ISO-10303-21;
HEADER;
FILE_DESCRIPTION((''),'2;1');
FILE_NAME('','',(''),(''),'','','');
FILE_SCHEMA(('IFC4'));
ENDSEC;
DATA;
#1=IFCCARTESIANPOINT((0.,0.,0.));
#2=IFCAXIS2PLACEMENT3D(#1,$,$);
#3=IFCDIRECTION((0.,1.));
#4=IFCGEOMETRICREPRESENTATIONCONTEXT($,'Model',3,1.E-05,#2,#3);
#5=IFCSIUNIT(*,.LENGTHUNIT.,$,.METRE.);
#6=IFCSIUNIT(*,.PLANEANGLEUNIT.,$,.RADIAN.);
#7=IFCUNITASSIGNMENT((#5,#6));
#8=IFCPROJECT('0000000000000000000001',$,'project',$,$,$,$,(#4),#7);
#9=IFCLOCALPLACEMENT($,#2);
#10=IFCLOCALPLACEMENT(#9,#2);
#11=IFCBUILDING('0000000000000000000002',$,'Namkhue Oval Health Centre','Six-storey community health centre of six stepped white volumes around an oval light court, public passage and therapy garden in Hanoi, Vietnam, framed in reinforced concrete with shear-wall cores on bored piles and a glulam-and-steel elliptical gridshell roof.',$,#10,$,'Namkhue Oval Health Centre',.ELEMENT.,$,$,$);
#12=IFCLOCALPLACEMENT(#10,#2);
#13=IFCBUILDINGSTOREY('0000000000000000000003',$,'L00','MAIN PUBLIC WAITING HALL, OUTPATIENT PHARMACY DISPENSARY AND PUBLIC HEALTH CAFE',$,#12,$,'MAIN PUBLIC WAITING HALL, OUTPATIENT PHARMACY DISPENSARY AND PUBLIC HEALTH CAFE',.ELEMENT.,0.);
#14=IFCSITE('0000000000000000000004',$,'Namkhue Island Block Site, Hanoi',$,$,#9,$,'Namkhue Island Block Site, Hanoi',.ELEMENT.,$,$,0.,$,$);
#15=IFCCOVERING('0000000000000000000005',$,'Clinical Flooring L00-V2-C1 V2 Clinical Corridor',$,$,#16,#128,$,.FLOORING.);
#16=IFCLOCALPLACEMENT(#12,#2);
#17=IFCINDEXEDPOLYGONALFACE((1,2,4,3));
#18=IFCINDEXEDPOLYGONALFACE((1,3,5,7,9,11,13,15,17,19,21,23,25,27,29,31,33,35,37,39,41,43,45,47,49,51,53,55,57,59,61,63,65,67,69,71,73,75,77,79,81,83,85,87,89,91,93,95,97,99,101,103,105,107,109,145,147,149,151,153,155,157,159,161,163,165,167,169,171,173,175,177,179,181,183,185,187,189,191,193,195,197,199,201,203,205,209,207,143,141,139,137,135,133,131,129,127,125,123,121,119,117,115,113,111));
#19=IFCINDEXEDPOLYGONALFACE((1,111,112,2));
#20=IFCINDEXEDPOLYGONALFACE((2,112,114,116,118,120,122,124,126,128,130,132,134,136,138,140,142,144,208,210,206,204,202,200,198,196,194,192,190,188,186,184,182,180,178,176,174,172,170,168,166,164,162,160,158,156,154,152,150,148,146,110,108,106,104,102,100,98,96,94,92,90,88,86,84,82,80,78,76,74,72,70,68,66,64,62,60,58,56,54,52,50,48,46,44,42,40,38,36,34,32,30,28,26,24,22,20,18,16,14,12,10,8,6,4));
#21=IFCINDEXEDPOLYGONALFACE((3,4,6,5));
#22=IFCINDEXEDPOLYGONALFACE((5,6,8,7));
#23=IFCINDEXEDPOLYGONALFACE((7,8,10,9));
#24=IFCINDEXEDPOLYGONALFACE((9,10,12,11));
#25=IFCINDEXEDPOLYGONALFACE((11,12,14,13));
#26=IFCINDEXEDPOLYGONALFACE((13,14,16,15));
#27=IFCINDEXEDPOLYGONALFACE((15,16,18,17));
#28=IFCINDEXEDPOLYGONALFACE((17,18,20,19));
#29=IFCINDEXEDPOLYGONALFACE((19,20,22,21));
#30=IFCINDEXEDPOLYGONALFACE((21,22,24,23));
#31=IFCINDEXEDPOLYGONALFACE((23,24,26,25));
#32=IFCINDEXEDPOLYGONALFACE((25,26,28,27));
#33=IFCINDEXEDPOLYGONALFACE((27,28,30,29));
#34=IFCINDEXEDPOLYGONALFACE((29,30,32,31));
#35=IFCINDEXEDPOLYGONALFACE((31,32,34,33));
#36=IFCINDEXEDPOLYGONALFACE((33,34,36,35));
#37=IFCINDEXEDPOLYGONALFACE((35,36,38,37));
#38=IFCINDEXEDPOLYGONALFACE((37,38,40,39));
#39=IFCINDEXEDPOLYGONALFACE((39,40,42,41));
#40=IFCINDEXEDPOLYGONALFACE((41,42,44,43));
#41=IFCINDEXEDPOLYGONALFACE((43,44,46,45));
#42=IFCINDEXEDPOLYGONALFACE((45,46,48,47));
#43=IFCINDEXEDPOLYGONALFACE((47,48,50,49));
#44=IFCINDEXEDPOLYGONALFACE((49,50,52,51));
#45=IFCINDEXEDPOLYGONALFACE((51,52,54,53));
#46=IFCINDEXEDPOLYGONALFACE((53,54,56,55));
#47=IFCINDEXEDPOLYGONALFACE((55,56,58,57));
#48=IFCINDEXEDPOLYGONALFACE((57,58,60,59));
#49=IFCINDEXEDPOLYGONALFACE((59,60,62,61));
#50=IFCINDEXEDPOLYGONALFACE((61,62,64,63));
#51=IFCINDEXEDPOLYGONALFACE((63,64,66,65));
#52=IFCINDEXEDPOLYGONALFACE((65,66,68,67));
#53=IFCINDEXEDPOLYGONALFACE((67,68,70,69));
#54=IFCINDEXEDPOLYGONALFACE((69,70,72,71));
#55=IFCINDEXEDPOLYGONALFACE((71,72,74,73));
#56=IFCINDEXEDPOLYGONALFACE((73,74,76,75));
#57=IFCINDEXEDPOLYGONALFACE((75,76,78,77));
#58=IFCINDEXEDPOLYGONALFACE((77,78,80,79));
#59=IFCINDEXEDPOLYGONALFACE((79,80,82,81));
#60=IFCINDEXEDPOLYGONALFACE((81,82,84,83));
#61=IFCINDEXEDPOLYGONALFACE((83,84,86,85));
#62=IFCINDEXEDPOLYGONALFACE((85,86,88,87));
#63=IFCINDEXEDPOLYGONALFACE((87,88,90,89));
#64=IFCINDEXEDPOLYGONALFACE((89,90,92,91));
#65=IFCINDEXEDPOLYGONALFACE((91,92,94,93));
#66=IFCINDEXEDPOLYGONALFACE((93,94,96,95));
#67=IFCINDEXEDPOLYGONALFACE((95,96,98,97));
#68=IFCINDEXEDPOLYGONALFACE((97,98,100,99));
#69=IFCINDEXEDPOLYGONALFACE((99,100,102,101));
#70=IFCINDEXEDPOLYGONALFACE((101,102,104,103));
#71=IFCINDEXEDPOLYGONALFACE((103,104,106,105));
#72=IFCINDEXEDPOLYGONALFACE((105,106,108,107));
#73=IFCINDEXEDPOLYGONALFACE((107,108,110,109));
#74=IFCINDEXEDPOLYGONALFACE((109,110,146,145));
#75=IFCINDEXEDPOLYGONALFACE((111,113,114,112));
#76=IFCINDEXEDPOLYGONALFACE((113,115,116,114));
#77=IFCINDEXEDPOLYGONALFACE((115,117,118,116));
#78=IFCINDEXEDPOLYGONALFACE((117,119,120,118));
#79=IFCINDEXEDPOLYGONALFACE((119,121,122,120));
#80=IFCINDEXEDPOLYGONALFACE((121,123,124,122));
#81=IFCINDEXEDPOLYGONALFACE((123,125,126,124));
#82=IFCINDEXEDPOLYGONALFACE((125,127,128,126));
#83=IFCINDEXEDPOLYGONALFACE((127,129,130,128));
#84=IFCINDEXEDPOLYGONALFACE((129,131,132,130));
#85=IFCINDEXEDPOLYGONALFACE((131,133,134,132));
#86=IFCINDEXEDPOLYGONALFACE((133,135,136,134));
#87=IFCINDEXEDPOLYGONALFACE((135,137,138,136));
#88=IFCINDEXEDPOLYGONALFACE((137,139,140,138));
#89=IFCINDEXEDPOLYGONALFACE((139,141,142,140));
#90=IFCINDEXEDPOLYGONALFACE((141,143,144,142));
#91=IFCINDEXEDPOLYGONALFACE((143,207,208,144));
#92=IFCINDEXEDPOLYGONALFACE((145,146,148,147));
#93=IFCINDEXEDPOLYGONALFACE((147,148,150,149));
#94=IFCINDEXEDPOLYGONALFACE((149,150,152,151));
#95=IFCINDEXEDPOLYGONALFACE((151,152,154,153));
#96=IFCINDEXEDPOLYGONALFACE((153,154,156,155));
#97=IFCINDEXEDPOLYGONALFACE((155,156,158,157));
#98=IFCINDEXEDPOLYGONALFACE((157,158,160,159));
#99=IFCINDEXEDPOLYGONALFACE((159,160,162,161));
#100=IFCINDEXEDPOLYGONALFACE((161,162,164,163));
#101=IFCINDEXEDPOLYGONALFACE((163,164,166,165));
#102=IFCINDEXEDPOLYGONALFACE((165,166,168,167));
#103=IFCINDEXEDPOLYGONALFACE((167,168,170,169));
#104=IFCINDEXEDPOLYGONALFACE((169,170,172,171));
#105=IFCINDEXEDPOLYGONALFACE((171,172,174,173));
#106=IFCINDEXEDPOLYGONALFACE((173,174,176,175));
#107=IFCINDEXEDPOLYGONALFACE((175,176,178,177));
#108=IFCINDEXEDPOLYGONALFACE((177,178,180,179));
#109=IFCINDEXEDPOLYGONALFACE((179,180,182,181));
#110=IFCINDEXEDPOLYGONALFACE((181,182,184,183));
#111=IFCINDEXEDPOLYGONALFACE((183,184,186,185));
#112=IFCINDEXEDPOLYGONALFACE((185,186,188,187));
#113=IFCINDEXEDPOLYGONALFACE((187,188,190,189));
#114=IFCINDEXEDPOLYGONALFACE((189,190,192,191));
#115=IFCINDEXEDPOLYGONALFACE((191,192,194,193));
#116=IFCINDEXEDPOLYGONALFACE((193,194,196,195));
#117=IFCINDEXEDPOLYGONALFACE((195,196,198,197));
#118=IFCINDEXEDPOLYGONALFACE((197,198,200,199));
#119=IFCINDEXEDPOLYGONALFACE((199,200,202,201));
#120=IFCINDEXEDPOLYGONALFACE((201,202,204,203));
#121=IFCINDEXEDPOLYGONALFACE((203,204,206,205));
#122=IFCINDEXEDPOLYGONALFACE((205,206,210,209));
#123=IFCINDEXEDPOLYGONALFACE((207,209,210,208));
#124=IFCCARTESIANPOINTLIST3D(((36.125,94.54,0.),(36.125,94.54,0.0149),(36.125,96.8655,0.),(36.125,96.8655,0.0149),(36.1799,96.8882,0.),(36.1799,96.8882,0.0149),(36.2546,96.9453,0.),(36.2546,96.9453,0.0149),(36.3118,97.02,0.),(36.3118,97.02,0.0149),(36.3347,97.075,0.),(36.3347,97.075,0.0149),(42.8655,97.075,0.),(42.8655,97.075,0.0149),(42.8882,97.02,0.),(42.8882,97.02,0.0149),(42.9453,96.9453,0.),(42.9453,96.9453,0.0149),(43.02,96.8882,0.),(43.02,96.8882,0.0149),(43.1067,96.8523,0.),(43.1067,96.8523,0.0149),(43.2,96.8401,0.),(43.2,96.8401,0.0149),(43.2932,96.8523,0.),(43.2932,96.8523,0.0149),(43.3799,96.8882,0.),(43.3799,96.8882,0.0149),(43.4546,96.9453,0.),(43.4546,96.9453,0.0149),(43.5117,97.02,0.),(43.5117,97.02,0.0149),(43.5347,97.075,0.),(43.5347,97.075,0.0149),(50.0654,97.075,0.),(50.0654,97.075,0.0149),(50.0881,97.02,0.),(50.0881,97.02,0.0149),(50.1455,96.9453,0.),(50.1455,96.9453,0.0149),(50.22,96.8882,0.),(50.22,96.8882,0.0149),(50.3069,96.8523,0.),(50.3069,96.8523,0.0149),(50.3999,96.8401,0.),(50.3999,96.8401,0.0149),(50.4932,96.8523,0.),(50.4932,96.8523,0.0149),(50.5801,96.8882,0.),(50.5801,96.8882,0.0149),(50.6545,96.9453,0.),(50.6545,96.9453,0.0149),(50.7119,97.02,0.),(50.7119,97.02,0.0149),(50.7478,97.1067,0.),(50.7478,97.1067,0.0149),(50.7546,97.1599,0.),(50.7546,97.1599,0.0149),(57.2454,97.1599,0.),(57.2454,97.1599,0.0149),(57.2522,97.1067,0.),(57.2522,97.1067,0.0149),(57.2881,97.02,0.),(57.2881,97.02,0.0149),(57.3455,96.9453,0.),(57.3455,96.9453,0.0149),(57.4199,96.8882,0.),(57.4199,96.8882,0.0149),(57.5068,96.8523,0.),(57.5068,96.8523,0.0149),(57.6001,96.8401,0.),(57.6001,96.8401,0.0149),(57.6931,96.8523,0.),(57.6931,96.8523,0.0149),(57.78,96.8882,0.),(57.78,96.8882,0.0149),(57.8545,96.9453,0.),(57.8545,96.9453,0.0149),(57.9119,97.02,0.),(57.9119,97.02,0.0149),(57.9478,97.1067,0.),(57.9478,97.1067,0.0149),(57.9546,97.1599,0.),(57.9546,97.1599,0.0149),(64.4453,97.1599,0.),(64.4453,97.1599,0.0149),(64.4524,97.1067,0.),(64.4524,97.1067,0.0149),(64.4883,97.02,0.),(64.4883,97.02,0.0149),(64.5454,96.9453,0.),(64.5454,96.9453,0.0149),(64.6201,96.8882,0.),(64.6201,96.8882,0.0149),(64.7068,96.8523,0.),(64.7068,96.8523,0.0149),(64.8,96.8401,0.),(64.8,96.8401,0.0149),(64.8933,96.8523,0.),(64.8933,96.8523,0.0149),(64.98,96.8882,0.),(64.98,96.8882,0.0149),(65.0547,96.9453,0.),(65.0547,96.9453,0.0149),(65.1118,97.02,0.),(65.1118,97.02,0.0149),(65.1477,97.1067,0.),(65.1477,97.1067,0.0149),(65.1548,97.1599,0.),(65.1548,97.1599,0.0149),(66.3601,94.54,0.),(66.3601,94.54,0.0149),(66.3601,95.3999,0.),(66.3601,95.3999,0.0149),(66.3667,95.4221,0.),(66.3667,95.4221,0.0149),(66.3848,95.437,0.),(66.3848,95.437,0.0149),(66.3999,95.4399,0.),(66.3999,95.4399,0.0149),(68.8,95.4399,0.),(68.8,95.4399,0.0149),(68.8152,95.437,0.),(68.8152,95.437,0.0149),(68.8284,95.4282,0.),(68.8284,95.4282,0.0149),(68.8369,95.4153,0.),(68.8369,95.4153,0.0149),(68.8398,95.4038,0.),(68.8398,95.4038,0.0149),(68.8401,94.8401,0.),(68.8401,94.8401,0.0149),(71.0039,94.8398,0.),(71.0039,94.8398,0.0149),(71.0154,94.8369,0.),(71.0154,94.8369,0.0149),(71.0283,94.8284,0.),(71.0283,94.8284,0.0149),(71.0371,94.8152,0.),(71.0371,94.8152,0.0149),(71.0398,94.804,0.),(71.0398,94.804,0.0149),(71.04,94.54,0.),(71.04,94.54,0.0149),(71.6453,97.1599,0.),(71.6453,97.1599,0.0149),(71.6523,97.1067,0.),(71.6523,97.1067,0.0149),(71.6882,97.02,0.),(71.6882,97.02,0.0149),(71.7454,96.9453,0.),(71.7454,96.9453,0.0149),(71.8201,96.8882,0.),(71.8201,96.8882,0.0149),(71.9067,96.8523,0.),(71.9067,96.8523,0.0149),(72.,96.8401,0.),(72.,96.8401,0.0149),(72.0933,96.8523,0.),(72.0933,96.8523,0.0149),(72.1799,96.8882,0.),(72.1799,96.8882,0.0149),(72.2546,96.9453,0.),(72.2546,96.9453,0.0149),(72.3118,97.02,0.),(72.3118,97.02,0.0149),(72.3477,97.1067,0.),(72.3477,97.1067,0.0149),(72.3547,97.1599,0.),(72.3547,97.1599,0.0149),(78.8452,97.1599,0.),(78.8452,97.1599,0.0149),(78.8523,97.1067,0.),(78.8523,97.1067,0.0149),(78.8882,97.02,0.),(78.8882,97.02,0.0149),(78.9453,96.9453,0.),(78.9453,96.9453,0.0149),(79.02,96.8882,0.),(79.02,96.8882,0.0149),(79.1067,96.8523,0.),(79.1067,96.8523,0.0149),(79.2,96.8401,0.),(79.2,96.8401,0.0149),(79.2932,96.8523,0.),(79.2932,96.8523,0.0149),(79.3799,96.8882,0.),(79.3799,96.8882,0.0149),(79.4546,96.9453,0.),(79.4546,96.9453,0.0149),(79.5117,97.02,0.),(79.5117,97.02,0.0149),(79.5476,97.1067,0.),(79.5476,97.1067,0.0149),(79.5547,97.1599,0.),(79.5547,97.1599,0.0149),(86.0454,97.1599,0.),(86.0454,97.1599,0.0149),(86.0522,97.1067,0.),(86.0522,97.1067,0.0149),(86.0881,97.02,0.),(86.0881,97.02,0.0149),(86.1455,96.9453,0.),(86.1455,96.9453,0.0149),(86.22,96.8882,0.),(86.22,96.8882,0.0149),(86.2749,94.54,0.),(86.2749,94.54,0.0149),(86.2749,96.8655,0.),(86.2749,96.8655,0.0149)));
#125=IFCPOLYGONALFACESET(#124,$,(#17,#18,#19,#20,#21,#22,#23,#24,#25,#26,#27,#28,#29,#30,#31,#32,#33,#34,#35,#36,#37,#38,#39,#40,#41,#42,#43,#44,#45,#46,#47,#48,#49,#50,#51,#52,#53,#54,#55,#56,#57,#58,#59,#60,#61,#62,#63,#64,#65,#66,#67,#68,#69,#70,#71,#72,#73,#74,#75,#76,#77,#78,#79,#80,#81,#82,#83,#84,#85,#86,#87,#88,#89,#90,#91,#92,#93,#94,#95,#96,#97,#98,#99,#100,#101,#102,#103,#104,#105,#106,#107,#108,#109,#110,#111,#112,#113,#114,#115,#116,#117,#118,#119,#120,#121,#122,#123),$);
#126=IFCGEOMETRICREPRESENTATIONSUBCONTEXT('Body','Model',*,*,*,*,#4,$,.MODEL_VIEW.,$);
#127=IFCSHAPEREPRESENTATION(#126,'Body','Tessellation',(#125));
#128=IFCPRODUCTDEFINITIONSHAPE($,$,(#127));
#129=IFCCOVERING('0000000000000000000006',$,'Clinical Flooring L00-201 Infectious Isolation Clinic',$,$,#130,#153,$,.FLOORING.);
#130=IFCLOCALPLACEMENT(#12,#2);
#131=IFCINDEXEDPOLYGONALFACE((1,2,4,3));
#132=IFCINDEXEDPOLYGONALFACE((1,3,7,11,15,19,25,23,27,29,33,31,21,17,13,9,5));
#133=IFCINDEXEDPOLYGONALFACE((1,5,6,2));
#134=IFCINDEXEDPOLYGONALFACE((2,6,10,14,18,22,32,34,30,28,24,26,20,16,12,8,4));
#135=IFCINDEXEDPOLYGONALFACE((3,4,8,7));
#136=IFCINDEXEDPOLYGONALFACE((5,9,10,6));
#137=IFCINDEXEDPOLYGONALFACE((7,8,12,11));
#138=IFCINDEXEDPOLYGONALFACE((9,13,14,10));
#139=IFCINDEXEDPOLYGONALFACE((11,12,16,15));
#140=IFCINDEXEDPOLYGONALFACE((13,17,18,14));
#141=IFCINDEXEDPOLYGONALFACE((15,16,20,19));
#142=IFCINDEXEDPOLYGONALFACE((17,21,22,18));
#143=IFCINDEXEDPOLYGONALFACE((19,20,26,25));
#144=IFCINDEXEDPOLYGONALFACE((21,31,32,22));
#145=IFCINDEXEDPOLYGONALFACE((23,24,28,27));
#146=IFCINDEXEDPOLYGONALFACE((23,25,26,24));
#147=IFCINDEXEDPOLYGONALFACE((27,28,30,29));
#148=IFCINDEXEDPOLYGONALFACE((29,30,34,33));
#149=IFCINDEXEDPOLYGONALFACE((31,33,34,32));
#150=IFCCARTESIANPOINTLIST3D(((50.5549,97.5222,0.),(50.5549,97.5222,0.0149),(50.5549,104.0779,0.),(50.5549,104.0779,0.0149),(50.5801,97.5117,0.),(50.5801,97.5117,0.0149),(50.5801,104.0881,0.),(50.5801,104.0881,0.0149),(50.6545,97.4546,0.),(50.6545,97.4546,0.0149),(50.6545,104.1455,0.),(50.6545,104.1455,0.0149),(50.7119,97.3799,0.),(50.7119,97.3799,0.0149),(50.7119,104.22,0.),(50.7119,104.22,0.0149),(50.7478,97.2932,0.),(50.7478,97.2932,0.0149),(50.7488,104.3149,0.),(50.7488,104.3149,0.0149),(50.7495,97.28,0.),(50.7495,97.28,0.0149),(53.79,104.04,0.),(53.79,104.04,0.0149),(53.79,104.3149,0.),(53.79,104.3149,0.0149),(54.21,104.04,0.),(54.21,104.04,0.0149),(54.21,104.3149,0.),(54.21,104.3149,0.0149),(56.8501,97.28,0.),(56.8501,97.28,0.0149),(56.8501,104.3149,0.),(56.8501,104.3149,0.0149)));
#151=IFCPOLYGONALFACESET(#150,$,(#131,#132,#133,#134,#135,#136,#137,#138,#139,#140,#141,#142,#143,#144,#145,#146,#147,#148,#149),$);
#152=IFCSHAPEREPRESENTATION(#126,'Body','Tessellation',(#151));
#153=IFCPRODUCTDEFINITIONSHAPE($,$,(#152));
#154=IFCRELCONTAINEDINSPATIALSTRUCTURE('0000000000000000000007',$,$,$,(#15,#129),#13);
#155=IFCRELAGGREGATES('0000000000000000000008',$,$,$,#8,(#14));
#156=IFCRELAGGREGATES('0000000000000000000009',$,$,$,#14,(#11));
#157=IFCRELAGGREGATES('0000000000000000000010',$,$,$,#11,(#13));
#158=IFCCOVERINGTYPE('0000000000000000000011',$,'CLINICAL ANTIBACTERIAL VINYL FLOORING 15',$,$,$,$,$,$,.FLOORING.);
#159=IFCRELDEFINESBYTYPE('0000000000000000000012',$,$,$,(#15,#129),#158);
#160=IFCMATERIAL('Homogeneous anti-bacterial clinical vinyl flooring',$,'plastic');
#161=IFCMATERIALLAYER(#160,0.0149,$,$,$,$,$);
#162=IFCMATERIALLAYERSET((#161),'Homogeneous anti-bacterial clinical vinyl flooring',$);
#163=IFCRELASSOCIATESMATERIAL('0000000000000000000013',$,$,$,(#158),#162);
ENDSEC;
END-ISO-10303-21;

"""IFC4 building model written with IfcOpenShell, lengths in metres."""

from ifc_helpers import new_model, si_unit, direction, origin, place, context, subcontext, project, spatial, polyline, outline, extrude, material, layer, layer_set, type_object, element, save


model = new_model("IFC4")

# Units and contexts
model_context = context("Model", 3, precision=1e-05, world=origin(), true_north=direction((0.0, 1.0)))
body_context = subcontext(model_context, "Body", "Model", "MODEL_VIEW")
ifc_project = project(units=[si_unit("LENGTHUNIT", "METRE"), si_unit("PLANEANGLEUNIT", "RADIAN")], contexts=[model_context])

# Site, building, storey
site_placement = place(None, origin())
site = spatial("IfcSite", under=ifc_project, at=site_placement, Name="Namkhue Island Block Site, Hanoi", LongName="Namkhue Island Block Site, Hanoi", CompositionType="ELEMENT", RefElevation=0.0)
building_placement = place(site_placement, origin())
building = spatial("IfcBuilding", under=site, at=building_placement, Name="Namkhue Oval Health Centre", Description="Six-storey community health centre of six stepped white volumes around an oval light court, public passage and therapy garden in Hanoi, Vietnam, framed in reinforced concrete with shear-wall cores on bored piles and a glulam-and-steel elliptical gridshell roof.", LongName="Namkhue Oval Health Centre", CompositionType="ELEMENT")
storey_placement = place(building_placement, origin())
storey = spatial("IfcBuildingStorey", under=building, at=storey_placement, Name="L00", Description="MAIN PUBLIC WAITING HALL, OUTPATIENT PHARMACY DISPENSARY AND PUBLIC HEALTH CAFE", LongName="MAIN PUBLIC WAITING HALL, OUTPATIENT PHARMACY DISPENSARY AND PUBLIC HEALTH CAFE", CompositionType="ELEMENT", Elevation=0.0)

# Coverings
ifc_material_1 = material(Name="Homogeneous anti-bacterial clinical vinyl flooring", Category="plastic")
ifc_layer_1 = layer(ifc_material_1, 0.0149)
ifc_layer_set_1 = layer_set([ifc_layer_1], Name="Homogeneous anti-bacterial clinical vinyl flooring")
covering_type = type_object("IfcCoveringType", Name="CLINICAL ANTIBACTERIAL VINYL FLOORING 15", PredefinedType="FLOORING", material=ifc_layer_set_1)
covering_1_placement = place(storey_placement, origin())
element("IfcCovering", 1, at=covering_1_placement, inside=storey, type_object=covering_type, Name="Clinical Flooring L00-V2-C1 V2 Clinical Corridor", PredefinedType="FLOORING", context=body_context, shape_type="SweptSolid", body=[
    extrude(outline(polyline([(57.2454, 97.1599), (57.2522, 97.1067), (57.2881, 97.02), (57.3455, 96.9453), (57.4199, 96.8882), (57.5068, 96.8523), (57.6001, 96.8401), (57.6931, 96.8523), (57.78, 96.8882), (57.8545, 96.9453), (57.9119, 97.02), (57.9478, 97.1067), (57.9546, 97.1599), (64.4453, 97.1599), (64.4524, 97.1067), (64.4883, 97.02), (64.5454, 96.9453), (64.6201, 96.8882), (64.7068, 96.8523), (64.8, 96.8401), (64.8933, 96.8523), (64.98, 96.8882), (65.0547, 96.9453), (65.1118, 97.02), (65.1477, 97.1067), (65.1548, 97.1599), (71.6453, 97.1599), (71.6523, 97.1067), (71.6882, 97.02), (71.7454, 96.9453), (71.8201, 96.8882), (71.9067, 96.8523), (72.0, 96.8401), (72.0933, 96.8523), (72.1799, 96.8882), (72.2546, 96.9453), (72.3118, 97.02), (72.3477, 97.1067), (72.3547, 97.1599), (78.8452, 97.1599), (78.8523, 97.1067), (78.8882, 97.02), (78.9453, 96.9453), (79.02, 96.8882), (79.1067, 96.8523), (79.2, 96.8401), (79.2932, 96.8523), (79.3799, 96.8882), (79.4546, 96.9453), (79.5117, 97.02), (79.5476, 97.1067), (79.5547, 97.1599), (86.0454, 97.1599), (86.0522, 97.1067), (86.0881, 97.02), (86.1455, 96.9453), (86.22, 96.8882), (86.2749, 96.8655), (86.2749, 94.54), (71.04, 94.54), (71.0398, 94.804), (71.0371, 94.8152), (71.0283, 94.8284), (71.0154, 94.8369), (71.0039, 94.8398), (68.8401, 94.8401), (68.8398, 95.4038), (68.8369, 95.4153), (68.8284, 95.4282), (68.8152, 95.437), (68.8, 95.4399), (66.3999, 95.4399), (66.3848, 95.437), (66.3667, 95.4221), (66.3601, 95.3999), (66.3601, 94.54), (36.125, 94.54), (36.125, 96.8655), (36.1799, 96.8882), (36.2546, 96.9453), (36.3118, 97.02), (36.3347, 97.075), (42.8655, 97.075), (42.8882, 97.02), (42.9453, 96.9453), (43.02, 96.8882), (43.1067, 96.8523), (43.2, 96.8401), (43.2932, 96.8523), (43.3799, 96.8882), (43.4546, 96.9453), (43.5117, 97.02), (43.5347, 97.075), (50.0654, 97.075), (50.0881, 97.02), (50.1455, 96.9453), (50.22, 96.8882), (50.3069, 96.8523), (50.3999, 96.8401), (50.4932, 96.8523), (50.5801, 96.8882), (50.6545, 96.9453), (50.7119, 97.02), (50.7478, 97.1067), (50.7546, 97.1599), (57.2454, 97.1599)])), origin(), (0.0, 0.0, 1.0), 0.0149),
])
covering_2_placement = place(storey_placement, origin())
element("IfcCovering", 2, at=covering_2_placement, inside=storey, type_object=covering_type, Name="Clinical Flooring L00-201 Infectious Isolation Clinic", PredefinedType="FLOORING", context=body_context, shape_type="SweptSolid", body=[
    extrude(outline(polyline([(50.7495, 97.28), (50.7478, 97.2932), (50.7119, 97.3799), (50.6545, 97.4546), (50.5801, 97.5117), (50.5549, 97.5222), (50.5549, 104.0779), (50.5801, 104.0881), (50.6545, 104.1455), (50.7119, 104.22), (50.7488, 104.3149), (53.79, 104.3149), (53.79, 104.04), (54.21, 104.04), (54.21, 104.3149), (56.8501, 104.3149), (56.8501, 97.28), (50.7495, 97.28)])), origin(), (0.0, 0.0, 1.0), 0.0149),
])

save(model, "model.ifc")
